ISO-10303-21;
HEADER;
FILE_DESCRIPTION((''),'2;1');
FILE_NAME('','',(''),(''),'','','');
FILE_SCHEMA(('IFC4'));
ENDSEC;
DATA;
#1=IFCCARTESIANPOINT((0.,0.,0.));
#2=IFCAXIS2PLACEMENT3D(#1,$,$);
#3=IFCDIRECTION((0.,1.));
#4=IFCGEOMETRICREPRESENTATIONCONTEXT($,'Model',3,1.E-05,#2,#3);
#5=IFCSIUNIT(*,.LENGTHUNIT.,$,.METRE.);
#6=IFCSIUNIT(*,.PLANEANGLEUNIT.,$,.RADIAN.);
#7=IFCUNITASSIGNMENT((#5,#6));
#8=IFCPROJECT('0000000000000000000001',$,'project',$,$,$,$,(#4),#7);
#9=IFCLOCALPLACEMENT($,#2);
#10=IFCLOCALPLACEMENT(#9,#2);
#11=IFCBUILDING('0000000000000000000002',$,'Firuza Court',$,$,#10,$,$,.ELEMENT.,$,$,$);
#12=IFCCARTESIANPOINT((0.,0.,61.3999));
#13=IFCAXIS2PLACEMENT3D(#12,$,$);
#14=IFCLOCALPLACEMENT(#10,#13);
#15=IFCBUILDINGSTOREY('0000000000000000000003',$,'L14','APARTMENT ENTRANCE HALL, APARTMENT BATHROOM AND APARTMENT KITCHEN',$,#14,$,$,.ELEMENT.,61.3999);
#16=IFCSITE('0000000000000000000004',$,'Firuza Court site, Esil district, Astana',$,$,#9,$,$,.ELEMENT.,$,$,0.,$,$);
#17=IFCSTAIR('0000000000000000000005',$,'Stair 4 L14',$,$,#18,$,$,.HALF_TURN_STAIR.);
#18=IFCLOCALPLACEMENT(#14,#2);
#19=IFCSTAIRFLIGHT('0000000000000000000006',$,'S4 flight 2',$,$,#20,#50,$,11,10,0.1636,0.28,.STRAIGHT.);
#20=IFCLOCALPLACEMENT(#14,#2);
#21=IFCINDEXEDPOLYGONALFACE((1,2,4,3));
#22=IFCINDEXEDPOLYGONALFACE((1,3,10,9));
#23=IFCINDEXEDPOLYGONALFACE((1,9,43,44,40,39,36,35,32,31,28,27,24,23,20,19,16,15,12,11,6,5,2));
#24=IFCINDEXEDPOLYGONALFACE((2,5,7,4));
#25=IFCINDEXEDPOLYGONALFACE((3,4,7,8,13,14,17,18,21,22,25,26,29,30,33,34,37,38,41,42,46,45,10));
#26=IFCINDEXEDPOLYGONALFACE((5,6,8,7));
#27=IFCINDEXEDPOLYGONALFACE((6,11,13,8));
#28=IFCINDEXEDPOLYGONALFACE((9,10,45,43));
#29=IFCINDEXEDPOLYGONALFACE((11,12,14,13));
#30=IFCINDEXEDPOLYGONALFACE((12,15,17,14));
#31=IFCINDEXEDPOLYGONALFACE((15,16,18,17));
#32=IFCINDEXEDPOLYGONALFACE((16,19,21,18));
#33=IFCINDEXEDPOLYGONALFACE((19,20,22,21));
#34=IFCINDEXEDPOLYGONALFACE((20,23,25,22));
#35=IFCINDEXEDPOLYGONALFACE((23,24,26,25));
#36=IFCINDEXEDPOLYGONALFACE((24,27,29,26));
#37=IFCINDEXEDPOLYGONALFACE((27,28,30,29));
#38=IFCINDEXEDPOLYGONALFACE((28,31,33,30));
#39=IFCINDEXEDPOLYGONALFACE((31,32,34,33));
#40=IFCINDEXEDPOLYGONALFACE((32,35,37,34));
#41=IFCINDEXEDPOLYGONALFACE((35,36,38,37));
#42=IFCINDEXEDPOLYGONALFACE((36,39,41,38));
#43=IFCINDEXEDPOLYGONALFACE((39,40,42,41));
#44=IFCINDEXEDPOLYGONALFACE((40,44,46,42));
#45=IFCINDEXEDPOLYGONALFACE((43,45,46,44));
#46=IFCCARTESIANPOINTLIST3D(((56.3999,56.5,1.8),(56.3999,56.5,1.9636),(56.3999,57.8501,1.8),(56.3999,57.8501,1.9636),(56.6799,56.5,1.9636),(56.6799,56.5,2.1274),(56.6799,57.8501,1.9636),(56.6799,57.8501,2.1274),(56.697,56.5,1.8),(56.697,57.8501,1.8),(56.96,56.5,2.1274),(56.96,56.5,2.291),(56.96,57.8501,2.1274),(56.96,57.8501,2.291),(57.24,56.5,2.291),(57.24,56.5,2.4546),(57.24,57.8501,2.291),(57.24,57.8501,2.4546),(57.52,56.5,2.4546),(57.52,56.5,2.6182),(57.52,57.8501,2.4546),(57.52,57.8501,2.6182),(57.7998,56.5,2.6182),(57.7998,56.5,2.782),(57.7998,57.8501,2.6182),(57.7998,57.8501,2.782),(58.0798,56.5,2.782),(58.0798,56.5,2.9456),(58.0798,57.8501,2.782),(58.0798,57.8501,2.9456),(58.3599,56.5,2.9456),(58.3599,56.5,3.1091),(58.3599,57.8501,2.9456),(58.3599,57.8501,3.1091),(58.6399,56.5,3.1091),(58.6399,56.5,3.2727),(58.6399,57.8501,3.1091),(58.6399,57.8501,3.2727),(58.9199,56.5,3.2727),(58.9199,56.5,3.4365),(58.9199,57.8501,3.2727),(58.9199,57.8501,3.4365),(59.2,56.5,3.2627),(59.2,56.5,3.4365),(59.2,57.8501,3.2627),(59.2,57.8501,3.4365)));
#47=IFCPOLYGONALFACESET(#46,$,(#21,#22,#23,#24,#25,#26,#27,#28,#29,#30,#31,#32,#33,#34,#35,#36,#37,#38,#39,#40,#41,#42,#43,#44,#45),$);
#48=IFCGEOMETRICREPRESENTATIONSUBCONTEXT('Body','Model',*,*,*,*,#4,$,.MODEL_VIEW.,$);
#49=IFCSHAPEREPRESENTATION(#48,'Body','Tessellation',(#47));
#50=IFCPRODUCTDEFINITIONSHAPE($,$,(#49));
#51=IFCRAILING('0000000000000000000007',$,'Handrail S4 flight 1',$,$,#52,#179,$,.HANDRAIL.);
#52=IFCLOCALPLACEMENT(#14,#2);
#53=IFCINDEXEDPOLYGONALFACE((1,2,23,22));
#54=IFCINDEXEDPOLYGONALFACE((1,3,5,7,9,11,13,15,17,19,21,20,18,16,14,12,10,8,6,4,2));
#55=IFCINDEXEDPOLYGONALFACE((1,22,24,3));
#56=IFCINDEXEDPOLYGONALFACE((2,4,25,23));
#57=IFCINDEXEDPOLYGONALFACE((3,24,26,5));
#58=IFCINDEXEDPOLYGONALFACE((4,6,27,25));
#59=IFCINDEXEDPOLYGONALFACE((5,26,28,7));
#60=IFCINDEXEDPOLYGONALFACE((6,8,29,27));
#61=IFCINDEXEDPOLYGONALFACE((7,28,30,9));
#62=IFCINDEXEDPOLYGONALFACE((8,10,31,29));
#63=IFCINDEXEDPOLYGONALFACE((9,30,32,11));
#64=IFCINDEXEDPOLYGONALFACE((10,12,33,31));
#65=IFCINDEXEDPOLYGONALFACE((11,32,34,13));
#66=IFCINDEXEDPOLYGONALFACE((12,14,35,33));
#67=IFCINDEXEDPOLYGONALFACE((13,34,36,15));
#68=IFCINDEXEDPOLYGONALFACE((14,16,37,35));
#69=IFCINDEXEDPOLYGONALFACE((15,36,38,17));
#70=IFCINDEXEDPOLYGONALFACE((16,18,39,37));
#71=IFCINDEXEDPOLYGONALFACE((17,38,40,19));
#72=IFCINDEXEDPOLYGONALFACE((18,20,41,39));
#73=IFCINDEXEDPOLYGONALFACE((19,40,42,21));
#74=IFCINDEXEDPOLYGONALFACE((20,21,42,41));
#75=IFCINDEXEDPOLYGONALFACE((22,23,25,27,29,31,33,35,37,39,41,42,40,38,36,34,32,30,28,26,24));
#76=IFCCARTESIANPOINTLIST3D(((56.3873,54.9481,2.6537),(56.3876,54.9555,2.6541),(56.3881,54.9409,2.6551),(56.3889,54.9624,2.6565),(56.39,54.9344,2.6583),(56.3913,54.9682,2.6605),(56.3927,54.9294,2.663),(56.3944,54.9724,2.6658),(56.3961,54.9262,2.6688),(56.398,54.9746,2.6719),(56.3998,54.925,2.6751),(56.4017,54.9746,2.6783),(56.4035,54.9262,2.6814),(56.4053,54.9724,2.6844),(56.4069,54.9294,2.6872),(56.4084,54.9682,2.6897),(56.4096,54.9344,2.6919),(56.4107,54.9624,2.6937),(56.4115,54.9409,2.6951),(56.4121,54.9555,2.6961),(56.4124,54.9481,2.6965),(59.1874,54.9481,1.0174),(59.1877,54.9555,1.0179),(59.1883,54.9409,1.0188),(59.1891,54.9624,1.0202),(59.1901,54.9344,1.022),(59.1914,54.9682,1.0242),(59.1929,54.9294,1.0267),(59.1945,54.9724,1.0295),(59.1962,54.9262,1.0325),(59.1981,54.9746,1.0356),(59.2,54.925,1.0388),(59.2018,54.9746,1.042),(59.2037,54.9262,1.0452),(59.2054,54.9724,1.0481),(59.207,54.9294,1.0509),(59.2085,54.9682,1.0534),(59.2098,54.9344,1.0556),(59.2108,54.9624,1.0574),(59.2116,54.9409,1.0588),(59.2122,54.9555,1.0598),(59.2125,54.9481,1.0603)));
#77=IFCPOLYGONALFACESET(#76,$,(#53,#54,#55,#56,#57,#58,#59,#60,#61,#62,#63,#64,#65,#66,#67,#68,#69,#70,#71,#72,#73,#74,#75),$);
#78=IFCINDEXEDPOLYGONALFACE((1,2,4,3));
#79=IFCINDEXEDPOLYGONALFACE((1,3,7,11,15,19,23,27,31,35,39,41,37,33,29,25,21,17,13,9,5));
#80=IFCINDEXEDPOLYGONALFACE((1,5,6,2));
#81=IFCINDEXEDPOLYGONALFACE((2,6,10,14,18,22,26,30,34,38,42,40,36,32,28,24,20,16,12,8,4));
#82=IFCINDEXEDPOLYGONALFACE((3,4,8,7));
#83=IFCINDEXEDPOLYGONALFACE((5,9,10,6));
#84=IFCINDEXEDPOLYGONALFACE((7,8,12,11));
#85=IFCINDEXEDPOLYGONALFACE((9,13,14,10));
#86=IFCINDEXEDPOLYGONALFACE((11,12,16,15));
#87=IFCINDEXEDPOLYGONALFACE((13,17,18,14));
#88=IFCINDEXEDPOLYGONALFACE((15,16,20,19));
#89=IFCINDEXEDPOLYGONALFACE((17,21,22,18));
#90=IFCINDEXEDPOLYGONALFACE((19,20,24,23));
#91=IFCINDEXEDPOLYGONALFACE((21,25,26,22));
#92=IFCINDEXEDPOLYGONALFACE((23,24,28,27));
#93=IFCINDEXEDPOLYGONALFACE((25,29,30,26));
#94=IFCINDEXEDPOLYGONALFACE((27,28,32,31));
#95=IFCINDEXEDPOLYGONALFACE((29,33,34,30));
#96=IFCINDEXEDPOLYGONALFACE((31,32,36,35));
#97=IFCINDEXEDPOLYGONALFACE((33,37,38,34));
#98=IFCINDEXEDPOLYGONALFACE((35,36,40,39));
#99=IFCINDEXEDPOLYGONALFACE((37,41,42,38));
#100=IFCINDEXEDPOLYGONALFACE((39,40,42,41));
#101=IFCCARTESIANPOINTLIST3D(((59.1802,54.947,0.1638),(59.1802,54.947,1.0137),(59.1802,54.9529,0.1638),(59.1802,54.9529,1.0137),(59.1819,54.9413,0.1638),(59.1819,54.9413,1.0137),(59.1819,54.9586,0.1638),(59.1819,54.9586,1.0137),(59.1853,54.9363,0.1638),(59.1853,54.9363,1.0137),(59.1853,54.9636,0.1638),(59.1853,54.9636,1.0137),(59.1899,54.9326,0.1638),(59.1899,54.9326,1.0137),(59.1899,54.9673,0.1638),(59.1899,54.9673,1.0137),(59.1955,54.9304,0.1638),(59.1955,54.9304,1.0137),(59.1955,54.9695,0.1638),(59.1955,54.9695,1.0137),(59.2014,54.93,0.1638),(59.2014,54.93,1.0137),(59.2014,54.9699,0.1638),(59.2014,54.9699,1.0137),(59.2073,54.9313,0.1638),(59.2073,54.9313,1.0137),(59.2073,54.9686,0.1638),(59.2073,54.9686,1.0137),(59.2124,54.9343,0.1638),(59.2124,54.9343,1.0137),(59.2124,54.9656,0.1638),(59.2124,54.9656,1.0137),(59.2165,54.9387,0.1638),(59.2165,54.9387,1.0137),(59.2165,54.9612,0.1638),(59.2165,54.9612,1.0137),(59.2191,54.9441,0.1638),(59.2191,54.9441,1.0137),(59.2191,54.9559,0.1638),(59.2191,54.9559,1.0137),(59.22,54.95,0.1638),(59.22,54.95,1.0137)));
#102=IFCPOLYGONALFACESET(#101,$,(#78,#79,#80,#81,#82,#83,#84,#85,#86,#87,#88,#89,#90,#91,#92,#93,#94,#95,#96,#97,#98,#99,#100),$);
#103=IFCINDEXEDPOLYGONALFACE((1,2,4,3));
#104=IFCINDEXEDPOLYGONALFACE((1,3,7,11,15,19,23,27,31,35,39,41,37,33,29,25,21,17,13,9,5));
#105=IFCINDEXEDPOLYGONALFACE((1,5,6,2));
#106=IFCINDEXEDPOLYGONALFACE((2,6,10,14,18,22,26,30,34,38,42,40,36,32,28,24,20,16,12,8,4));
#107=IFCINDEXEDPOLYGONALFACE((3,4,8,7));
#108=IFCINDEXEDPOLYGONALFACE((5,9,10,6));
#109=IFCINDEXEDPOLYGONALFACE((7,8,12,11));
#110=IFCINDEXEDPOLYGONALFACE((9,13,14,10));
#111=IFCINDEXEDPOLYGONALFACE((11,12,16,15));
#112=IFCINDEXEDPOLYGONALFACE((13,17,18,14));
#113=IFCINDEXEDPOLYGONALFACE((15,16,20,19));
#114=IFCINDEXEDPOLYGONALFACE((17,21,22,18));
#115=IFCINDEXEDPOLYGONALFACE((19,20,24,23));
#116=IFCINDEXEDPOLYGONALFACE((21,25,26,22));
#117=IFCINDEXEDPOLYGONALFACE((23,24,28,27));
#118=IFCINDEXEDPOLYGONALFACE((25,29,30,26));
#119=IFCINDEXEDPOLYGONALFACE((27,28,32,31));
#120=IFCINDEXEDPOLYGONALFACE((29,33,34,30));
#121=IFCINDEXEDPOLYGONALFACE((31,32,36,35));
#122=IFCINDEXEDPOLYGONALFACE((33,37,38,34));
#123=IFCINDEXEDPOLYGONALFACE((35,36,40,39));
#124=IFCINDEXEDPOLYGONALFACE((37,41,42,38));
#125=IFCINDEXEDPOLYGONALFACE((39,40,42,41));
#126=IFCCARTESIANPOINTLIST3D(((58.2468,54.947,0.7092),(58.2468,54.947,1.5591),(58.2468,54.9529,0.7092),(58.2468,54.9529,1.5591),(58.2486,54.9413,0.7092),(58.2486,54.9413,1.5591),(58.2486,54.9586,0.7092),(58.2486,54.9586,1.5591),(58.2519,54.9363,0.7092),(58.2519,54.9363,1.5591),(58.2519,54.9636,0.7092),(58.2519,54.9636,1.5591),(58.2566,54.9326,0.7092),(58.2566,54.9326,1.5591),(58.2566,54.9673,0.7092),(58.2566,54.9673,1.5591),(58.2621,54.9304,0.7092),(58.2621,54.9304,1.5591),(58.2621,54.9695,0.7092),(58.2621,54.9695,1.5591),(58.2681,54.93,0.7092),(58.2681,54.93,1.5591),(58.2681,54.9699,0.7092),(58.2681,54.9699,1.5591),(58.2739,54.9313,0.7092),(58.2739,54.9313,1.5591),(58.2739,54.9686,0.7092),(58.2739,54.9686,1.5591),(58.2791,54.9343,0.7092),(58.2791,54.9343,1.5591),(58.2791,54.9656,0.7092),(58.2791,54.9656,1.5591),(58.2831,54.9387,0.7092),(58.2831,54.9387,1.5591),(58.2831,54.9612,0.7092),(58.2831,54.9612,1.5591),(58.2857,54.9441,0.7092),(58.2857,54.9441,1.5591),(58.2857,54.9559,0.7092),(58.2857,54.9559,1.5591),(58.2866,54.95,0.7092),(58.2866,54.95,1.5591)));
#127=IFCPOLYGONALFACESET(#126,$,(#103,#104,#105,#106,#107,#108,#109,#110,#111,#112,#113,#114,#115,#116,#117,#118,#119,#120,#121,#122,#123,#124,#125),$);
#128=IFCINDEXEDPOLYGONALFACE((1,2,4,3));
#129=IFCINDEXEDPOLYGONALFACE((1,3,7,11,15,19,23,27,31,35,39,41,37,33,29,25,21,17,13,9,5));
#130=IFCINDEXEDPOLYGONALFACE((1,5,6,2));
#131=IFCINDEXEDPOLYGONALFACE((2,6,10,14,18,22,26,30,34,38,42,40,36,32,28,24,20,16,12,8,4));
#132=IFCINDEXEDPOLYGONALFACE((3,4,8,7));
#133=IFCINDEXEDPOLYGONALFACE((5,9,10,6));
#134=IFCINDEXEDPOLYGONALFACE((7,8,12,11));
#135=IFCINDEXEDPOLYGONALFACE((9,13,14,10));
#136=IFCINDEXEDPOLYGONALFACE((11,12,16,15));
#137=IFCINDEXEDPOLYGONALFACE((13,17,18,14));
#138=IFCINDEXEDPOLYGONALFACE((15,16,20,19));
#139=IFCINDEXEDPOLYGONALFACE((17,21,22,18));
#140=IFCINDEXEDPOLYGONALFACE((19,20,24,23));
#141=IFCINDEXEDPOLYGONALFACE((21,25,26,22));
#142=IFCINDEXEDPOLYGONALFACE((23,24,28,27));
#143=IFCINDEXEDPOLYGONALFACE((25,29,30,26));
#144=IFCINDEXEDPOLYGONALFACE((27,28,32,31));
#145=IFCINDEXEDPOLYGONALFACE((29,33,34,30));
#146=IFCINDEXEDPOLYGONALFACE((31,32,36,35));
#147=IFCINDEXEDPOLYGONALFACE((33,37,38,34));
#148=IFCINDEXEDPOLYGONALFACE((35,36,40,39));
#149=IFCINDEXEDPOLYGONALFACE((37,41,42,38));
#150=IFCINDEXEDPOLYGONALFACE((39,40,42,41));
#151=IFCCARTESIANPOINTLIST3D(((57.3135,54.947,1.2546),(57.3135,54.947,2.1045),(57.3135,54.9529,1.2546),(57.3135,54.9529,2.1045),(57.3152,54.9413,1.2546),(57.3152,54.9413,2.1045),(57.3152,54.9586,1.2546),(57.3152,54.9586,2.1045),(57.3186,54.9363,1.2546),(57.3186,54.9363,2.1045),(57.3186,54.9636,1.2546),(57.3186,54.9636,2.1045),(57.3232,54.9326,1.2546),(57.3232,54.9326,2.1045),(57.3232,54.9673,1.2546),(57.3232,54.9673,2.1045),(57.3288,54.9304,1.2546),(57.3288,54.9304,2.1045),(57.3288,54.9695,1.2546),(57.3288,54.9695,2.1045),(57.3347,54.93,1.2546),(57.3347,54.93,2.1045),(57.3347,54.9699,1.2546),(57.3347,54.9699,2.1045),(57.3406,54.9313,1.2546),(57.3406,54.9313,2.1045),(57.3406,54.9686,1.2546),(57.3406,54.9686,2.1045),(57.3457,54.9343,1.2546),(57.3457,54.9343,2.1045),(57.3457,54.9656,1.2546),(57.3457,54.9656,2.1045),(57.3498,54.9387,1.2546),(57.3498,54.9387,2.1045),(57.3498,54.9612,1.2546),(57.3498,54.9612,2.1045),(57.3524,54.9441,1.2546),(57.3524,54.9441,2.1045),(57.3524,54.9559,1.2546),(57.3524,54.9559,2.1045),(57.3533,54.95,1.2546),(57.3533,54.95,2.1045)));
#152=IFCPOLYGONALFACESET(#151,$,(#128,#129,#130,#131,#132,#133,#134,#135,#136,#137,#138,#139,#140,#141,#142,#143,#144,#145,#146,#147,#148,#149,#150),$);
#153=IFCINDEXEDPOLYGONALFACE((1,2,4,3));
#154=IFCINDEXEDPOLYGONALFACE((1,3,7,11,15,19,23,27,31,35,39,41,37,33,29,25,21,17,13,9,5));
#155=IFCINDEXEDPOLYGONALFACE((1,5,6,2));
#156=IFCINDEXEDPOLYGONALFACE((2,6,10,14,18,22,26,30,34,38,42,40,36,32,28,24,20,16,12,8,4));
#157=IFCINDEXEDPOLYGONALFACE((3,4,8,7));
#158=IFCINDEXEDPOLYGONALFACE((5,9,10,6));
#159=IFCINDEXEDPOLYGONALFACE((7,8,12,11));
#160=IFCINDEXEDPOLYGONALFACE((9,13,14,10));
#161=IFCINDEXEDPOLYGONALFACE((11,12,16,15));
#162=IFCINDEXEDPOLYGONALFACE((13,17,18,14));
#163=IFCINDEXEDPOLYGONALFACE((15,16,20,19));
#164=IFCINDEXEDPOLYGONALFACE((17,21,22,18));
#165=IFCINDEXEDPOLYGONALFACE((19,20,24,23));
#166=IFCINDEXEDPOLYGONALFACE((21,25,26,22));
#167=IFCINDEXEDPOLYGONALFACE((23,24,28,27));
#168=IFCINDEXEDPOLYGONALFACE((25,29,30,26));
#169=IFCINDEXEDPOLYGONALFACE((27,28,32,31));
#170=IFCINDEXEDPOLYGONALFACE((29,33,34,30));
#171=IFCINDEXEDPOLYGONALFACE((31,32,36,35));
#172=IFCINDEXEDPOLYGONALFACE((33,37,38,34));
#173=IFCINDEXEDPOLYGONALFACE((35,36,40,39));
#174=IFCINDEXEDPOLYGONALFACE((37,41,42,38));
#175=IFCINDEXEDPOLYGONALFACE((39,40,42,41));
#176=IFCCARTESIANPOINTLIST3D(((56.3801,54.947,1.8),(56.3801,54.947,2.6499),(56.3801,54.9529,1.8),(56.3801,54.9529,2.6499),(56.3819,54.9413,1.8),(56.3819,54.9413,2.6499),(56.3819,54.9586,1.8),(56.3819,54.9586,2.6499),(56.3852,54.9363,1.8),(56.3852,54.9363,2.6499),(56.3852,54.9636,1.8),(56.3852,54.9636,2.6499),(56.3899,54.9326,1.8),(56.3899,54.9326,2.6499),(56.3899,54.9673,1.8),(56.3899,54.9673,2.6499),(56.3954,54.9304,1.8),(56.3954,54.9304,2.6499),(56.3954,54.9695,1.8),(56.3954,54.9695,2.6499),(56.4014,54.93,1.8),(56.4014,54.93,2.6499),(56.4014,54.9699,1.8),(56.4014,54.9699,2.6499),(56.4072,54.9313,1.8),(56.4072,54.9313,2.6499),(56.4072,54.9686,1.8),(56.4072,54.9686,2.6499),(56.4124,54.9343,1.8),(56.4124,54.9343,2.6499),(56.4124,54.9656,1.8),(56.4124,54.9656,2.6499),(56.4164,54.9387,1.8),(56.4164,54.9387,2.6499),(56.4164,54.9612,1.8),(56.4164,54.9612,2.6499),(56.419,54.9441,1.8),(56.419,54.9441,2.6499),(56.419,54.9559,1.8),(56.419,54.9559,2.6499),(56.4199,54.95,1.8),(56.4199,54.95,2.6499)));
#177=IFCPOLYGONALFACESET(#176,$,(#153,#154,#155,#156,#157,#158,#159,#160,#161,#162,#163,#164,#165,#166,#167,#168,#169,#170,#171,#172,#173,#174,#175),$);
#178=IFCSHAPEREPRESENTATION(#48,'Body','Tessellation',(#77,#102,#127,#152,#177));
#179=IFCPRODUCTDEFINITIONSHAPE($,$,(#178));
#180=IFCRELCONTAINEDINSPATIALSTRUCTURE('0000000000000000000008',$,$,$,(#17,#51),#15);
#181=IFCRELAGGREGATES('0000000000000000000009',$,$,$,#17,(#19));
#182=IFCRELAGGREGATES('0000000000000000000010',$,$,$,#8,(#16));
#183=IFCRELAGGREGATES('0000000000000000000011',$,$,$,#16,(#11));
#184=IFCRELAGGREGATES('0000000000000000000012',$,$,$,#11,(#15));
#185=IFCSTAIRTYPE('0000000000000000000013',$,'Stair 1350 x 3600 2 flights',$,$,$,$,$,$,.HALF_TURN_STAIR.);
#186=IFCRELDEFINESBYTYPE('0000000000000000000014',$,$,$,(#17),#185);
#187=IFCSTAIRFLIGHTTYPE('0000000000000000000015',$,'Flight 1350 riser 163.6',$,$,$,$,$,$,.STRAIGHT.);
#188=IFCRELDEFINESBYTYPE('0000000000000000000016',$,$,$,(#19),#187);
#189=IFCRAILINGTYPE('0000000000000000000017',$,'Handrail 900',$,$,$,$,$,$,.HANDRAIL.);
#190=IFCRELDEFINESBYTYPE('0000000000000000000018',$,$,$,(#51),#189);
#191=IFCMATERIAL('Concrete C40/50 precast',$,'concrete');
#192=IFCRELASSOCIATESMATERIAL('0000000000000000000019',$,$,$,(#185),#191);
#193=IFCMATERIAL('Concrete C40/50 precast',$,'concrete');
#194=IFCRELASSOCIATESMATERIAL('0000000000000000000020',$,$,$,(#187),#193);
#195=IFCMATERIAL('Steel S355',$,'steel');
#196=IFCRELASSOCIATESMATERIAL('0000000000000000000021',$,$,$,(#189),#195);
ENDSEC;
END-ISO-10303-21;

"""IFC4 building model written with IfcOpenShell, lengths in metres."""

from ifc_helpers import new_model, si_unit, direction, frame, origin, origin_2d, place, context, subcontext, project, spatial, polyline, circle, outline, extrude, material, type_object, element, aggregate, save


model = new_model("IFC4")

# Units and contexts
model_context = context("Model", 3, precision=1e-05, world=origin(), true_north=direction((0.0, 1.0)))
body_context = subcontext(model_context, "Body", "Model", "MODEL_VIEW")
ifc_project = project(units=[si_unit("LENGTHUNIT", "METRE"), si_unit("PLANEANGLEUNIT", "RADIAN")], contexts=[model_context])

# Site, building, storey
site_placement = place(None, origin())
site = spatial("IfcSite", under=ifc_project, at=site_placement, Name="Firuza Court site, Esil district, Astana", CompositionType="ELEMENT", RefElevation=0.0)
building_placement = place(site_placement, origin())
building = spatial("IfcBuilding", under=site, at=building_placement, Name="Firuza Court", CompositionType="ELEMENT")
storey_placement = place(building_placement, frame((0.0, 0.0, 61.3999)))
storey = spatial("IfcBuildingStorey", under=building, at=storey_placement, Name="L14", Description="APARTMENT ENTRANCE HALL, APARTMENT BATHROOM AND APARTMENT KITCHEN", CompositionType="ELEMENT", Elevation=61.3999)

# Stair, stair flight
ifc_material_1 = material(Name="Concrete C40/50 precast", Category="concrete")
stair_type = type_object("IfcStairType", Name="Stair 1350 x 3600 2 flights", PredefinedType="HALF_TURN_STAIR", material=ifc_material_1)
stair_placement = place(storey_placement, origin())
stair = element("IfcStair", 1, at=stair_placement, inside=storey, type_object=stair_type, Name="Stair 4 L14", PredefinedType="HALF_TURN_STAIR")
ifc_material_2 = material(Name="Concrete C40/50 precast", Category="concrete")
stair_flight_type = type_object("IfcStairFlightType", Name="Flight 1350 riser 163.6", PredefinedType="STRAIGHT", material=ifc_material_2)
stair_flight_1_placement = place(storey_placement, frame((56.3999, 57.175, 1.8), z_axis=(0.0, 0.0, 1.0), x_axis=(1.0, 0.0, 0.0)))
stair_flight_1 = element("IfcStairFlight", 2, at=stair_flight_1_placement, type_object=stair_flight_type, Name="S4 flight 2", NumberOfRisers=11, NumberOfTreads=10, PredefinedType="STRAIGHT", RiserHeight=0.1636, TreadLength=0.28, context=body_context, shape_type="SweptSolid", body=[
    extrude(outline(polyline([(0.0, 0.0), (0.0, 0.1636), (0.28, 0.1636), (0.28, 0.3274), (0.5601, 0.3274), (0.5601, 0.491), (0.8401, 0.491), (0.8401, 0.6545), (1.1201, 0.6545), (1.1201, 0.8181), (1.3999, 0.8181), (1.3999, 0.9819), (1.6799, 0.9819), (1.6799, 1.1455), (1.96, 1.1455), (1.96, 1.3091), (2.24, 1.3091), (2.24, 1.4727), (2.52, 1.4727), (2.52, 1.6365), (2.8, 1.6365), (2.8, 1.8), (2.8, 1.4626), (0.2971, 0.0), (0.0, 0.0)])), frame((0.0, 0.675, 0.0), z_axis=(0.0, -1.0, 0.0), x_axis=(1.0, 0.0, 0.0)), (0.0, 0.0, 1.0), 1.3501),
])
aggregate(stair, [stair_flight_1])

# Railing
ifc_material_3 = material(Name="Steel S355", Category="steel")
railing_type_1 = type_object("IfcRailingType", Name="Handrail 900", PredefinedType="HANDRAIL", material=ifc_material_3)
railing_1_placement = place(storey_placement, frame((59.2, 54.95, 0.1638)))
element("IfcRailing", 3, at=railing_1_placement, inside=storey, type_object=railing_type_1, Name="Handrail S4 flight 1", PredefinedType="HANDRAIL", context=body_context, shape_type="SweptSolid", body=[
    extrude(circle(Radius=0.0249, at=origin_2d()), frame((0.0, 0.0, 0.875), z_axis=(-0.863394, 0.0, 0.504531), x_axis=(0.0, -1.0, 0.0)), (0.0, 0.0, 1.0), 3.2432),
    extrude(circle(Radius=0.02, at=origin_2d()), origin(), (0.0, 0.0, 1.0), 0.8499),
    extrude(circle(Radius=0.02, at=origin_2d()), frame((-0.9333, 0.0, 0.5454)), (0.0, 0.0, 1.0), 0.8499),
    extrude(circle(Radius=0.02, at=origin_2d()), frame((-1.8667, 0.0, 1.0908)), (0.0, 0.0, 1.0), 0.8499),
    extrude(circle(Radius=0.02, at=origin_2d()), frame((-2.8, 0.0, 1.6362)), (0.0, 0.0, 1.0), 0.8499),
])

save(model, "model.ifc")
